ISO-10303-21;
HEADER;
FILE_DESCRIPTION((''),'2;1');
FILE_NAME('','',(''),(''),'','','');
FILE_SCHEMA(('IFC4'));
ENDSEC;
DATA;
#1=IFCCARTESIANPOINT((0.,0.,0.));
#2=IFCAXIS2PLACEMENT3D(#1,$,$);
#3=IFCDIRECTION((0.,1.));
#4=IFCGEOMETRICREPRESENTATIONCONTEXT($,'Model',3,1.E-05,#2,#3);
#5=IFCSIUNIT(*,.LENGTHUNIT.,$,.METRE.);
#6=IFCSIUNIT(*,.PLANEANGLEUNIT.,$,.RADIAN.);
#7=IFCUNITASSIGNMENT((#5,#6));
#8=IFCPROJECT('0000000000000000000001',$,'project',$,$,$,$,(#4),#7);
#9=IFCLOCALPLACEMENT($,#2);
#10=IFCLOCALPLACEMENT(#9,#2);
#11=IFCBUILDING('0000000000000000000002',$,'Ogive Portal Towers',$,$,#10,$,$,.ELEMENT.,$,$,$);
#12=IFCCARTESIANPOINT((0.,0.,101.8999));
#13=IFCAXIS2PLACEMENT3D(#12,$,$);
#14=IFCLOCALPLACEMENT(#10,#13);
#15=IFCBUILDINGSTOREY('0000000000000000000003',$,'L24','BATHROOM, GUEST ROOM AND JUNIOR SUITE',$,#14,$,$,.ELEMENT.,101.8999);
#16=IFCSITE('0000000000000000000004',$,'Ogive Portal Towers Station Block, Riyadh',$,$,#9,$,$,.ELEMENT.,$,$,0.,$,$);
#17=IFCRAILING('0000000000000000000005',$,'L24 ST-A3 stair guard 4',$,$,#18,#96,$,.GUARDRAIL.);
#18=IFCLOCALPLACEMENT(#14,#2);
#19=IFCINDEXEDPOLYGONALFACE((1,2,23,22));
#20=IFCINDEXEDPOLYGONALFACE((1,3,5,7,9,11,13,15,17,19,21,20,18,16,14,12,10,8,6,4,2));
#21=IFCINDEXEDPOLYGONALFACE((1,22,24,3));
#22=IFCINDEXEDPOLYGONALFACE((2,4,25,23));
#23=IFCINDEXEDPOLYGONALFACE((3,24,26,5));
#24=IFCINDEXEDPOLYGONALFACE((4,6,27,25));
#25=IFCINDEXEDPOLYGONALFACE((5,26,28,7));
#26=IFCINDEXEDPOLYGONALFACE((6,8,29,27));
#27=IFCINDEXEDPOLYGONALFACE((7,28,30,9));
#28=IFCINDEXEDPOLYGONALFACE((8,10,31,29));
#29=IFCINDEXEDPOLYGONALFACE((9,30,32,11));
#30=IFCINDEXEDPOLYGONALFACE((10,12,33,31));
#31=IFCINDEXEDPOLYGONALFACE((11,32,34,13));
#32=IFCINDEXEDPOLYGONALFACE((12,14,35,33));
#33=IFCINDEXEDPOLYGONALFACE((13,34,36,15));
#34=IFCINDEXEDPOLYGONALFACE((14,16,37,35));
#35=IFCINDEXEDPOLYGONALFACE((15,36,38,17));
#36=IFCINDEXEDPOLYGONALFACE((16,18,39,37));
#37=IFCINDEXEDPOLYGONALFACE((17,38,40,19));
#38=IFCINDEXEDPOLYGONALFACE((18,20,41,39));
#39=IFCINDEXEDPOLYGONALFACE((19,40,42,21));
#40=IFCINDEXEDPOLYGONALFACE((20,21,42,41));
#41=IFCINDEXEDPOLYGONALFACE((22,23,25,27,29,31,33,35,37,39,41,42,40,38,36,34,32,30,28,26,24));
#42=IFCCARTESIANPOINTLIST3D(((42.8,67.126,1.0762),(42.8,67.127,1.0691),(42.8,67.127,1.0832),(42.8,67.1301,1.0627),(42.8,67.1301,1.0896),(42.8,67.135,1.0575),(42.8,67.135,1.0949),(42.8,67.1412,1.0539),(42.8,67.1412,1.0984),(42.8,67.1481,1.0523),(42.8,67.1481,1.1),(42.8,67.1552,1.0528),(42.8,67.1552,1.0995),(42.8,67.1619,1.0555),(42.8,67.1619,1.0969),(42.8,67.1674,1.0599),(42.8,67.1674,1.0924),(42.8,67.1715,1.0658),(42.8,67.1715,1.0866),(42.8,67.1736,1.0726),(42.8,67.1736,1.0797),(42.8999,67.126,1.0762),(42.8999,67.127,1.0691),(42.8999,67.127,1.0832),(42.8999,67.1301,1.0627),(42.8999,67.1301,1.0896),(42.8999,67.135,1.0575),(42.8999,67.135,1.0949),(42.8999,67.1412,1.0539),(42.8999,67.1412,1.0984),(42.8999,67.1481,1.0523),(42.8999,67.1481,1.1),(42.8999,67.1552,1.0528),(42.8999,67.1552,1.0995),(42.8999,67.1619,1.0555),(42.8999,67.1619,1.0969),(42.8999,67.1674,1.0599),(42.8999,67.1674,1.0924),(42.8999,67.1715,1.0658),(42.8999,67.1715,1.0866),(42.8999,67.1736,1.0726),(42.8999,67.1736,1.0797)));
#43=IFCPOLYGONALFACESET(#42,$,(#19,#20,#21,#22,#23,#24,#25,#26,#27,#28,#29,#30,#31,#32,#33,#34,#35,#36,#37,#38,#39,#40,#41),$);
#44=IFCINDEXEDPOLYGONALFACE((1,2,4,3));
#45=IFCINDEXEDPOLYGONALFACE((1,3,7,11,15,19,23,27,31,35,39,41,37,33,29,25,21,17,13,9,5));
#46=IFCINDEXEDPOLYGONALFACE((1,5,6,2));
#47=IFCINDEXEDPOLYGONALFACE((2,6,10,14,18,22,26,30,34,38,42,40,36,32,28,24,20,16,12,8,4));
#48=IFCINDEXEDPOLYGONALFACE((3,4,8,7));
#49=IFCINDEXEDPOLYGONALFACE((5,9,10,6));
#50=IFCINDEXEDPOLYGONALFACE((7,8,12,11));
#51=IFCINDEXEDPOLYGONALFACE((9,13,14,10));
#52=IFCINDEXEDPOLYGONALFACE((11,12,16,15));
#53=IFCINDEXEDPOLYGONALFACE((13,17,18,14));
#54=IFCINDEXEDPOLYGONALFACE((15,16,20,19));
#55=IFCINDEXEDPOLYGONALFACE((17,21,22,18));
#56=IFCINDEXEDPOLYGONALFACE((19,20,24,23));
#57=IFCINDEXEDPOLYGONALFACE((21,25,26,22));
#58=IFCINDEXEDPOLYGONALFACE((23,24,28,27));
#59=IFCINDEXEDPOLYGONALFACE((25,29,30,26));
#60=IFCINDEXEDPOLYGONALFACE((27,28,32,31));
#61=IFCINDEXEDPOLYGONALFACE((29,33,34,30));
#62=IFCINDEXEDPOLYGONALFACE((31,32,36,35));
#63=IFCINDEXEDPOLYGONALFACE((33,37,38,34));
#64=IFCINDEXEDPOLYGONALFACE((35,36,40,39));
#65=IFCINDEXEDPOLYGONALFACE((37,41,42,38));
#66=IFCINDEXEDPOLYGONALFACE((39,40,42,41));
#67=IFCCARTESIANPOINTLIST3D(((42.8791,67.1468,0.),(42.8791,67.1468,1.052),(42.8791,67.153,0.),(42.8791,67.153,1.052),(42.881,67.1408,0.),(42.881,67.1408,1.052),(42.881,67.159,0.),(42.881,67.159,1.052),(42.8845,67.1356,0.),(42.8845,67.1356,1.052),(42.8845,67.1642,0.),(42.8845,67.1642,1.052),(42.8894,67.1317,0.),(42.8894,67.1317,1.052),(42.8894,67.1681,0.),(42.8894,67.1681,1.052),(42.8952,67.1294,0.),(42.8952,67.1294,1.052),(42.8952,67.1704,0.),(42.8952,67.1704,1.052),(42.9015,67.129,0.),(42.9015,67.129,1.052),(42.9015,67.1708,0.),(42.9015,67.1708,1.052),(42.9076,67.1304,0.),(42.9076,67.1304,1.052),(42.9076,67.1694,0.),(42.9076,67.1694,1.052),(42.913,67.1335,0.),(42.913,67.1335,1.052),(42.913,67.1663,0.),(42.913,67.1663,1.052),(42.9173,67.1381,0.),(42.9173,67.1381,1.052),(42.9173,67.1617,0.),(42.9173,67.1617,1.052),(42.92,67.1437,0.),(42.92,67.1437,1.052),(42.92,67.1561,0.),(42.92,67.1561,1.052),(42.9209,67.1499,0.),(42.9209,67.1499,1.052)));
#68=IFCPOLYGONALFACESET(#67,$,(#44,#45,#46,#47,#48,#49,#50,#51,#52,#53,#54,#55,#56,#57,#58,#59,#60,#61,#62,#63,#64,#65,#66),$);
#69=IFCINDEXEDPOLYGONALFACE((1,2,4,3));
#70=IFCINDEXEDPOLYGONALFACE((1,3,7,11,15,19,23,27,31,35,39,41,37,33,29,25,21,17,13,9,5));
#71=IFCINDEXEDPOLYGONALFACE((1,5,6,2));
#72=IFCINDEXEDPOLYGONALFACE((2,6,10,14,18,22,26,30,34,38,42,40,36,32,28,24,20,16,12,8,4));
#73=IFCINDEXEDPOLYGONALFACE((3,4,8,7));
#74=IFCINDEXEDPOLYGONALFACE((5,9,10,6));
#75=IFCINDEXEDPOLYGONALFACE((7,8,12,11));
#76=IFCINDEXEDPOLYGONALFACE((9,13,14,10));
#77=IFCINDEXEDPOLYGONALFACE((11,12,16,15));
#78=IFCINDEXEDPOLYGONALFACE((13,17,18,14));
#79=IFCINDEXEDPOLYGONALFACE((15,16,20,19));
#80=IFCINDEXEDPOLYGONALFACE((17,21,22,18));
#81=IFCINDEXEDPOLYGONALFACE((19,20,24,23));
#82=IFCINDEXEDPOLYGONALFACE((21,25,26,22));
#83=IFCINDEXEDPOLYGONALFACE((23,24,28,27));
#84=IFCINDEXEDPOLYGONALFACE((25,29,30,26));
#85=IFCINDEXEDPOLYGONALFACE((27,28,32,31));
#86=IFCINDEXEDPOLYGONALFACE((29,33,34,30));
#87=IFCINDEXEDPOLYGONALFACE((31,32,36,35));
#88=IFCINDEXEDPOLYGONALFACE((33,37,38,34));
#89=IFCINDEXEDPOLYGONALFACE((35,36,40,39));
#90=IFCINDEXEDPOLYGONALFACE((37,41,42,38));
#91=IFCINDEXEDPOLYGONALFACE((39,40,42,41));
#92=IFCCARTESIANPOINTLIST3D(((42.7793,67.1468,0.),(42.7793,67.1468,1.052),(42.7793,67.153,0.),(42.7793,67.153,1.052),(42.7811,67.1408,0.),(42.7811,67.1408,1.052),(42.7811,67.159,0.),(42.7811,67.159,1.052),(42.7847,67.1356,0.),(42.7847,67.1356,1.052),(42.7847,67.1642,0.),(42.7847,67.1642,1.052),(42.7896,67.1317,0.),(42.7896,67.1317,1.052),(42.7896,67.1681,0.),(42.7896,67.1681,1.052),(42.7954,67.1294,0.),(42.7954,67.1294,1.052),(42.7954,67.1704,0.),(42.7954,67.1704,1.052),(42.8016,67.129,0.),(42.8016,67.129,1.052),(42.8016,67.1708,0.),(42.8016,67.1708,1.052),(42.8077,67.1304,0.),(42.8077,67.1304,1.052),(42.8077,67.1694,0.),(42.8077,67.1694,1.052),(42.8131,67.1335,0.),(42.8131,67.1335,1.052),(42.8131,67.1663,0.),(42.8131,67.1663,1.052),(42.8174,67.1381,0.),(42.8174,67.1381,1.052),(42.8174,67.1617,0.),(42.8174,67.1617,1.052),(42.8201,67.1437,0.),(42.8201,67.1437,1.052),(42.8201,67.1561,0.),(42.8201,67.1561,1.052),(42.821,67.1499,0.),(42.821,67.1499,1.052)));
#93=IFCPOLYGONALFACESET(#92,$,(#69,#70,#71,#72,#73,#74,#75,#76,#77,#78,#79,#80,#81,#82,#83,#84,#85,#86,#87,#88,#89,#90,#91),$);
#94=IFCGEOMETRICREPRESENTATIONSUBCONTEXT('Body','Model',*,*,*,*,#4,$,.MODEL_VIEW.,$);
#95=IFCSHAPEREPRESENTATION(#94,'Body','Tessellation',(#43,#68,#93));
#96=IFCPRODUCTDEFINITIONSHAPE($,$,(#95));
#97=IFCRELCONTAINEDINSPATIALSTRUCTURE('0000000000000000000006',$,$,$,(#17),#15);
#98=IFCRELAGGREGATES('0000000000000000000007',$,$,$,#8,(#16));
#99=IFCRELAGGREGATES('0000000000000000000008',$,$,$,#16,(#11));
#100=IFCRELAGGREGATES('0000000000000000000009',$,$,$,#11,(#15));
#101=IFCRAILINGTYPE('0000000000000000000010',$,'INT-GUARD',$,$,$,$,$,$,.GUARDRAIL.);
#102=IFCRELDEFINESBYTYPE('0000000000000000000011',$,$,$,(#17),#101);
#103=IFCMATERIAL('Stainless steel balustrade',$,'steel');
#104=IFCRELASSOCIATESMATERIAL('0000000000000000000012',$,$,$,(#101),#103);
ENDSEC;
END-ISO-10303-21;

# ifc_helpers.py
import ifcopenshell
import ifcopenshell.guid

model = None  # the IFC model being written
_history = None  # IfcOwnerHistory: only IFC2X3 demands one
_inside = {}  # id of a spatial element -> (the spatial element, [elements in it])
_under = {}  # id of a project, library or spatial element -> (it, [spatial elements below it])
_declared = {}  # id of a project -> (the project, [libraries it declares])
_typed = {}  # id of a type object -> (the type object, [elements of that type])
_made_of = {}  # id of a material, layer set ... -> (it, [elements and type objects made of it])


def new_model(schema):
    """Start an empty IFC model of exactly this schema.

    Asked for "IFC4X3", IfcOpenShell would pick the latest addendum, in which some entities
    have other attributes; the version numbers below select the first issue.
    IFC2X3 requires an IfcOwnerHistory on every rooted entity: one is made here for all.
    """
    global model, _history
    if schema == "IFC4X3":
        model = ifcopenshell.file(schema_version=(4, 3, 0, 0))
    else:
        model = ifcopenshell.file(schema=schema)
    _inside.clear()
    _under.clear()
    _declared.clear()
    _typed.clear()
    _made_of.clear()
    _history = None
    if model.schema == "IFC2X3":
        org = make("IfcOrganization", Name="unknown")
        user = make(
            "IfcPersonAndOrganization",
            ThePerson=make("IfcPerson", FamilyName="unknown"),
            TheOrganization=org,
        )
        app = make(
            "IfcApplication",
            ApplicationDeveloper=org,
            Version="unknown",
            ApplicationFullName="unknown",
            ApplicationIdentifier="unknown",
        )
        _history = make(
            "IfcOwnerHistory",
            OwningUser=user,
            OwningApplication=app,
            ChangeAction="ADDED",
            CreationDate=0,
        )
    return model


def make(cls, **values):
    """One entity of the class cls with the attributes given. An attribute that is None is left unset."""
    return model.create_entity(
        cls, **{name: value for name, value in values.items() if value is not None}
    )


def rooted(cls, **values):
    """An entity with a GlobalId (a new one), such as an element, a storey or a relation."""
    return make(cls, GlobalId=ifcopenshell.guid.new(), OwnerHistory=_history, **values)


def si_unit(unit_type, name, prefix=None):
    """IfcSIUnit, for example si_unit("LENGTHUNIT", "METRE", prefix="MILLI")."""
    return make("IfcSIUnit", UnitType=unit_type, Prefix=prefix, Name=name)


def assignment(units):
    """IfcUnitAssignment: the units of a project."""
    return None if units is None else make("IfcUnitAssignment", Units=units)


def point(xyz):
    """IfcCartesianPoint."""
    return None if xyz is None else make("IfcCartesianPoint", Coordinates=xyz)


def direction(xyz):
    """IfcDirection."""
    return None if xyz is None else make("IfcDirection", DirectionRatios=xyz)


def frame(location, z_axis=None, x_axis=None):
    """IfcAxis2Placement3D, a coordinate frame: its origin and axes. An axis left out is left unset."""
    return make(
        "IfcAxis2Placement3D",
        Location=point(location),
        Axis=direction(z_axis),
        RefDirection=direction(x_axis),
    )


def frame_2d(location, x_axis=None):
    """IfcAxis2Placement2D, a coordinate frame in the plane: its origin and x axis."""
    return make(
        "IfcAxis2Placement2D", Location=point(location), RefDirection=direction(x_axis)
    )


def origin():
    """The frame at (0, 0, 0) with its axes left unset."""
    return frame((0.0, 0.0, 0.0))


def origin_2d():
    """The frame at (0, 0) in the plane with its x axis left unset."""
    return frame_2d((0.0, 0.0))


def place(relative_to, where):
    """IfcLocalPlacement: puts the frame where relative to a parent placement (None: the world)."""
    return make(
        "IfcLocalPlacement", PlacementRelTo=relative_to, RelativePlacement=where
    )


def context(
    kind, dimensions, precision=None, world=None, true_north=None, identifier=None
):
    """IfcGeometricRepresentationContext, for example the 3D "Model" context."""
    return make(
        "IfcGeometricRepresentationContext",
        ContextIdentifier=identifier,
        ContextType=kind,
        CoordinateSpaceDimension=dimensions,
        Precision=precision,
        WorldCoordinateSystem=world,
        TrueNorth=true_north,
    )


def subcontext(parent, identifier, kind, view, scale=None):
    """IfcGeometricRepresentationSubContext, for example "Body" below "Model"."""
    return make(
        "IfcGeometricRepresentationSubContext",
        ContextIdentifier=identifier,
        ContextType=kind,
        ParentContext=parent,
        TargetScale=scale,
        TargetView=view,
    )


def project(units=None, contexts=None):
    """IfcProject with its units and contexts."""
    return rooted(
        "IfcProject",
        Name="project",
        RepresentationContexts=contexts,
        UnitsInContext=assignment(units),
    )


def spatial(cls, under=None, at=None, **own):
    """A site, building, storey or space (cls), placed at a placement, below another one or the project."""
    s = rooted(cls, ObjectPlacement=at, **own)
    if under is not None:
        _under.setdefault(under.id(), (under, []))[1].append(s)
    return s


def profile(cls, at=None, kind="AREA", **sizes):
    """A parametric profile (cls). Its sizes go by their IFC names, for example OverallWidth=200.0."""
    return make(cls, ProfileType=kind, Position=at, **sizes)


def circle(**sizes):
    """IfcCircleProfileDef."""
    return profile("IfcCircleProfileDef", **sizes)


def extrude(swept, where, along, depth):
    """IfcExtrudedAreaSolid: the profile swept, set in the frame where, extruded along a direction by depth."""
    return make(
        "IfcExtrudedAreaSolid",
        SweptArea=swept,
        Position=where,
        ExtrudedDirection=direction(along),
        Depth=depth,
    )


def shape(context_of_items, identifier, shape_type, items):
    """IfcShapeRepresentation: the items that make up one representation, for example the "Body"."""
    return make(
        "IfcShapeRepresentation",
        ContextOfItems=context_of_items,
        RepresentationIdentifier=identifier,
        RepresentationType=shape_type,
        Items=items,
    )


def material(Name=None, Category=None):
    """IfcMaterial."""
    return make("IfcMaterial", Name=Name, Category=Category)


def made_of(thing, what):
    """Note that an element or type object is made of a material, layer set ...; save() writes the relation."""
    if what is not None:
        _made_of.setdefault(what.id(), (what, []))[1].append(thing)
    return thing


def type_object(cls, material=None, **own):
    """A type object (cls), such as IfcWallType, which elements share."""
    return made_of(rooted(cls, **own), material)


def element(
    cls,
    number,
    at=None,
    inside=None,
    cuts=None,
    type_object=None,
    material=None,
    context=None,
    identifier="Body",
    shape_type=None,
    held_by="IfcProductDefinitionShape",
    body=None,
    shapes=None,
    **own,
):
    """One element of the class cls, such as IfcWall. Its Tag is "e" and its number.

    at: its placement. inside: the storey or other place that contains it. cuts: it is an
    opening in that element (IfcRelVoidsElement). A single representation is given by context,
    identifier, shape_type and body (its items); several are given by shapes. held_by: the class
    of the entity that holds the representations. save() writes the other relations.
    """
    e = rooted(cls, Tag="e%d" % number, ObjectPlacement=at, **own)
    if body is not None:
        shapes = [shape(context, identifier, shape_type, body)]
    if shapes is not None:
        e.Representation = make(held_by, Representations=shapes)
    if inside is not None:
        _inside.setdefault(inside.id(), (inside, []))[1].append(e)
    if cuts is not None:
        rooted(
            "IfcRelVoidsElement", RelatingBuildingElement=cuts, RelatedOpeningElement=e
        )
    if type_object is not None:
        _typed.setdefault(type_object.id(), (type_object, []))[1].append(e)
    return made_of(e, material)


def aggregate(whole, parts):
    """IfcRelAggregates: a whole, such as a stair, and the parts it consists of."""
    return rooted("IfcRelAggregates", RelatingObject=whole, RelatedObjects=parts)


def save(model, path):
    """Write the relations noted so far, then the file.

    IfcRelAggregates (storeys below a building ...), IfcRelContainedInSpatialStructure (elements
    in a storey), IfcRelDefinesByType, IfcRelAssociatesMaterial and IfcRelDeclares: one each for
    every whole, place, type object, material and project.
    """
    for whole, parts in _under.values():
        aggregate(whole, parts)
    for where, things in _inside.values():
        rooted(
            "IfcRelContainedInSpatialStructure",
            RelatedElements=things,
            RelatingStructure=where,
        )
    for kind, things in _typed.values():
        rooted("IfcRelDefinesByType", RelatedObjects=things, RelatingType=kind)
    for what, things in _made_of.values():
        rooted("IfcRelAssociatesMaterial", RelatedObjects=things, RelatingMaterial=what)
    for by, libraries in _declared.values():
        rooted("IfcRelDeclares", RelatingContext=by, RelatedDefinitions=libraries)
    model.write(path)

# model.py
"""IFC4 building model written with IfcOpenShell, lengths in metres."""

from ifc_helpers import new_model, si_unit, direction, frame, origin, origin_2d, place, context, subcontext, project, spatial, circle, extrude, material, type_object, element, save


model = new_model("IFC4")

# Units and contexts
model_context = context("Model", 3, precision=1e-05, world=origin(), true_north=direction((0.0, 1.0)))
body_context = subcontext(model_context, "Body", "Model", "MODEL_VIEW")
ifc_project = project(units=[si_unit("LENGTHUNIT", "METRE"), si_unit("PLANEANGLEUNIT", "RADIAN")], contexts=[model_context])

# Site, building, storey
site_placement = place(None, origin())
site = spatial("IfcSite", under=ifc_project, at=site_placement, Name="Ogive Portal Towers Station Block, Riyadh", CompositionType="ELEMENT", RefElevation=0.0)
building_placement = place(site_placement, origin())
building = spatial("IfcBuilding", under=site, at=building_placement, Name="Ogive Portal Towers", CompositionType="ELEMENT")
storey_placement = place(building_placement, frame((0.0, 0.0, 101.8999)))
storey = spatial("IfcBuildingStorey", under=building, at=storey_placement, Name="L24", Description="BATHROOM, GUEST ROOM AND JUNIOR SUITE", CompositionType="ELEMENT", Elevation=101.8999)

# Railing
ifc_material_1 = material(Name="Stainless steel balustrade", Category="steel")
railing_type_1 = type_object("IfcRailingType", Name="INT-GUARD", PredefinedType="GUARDRAIL", material=ifc_material_1)
railing_1_placement = place(storey_placement, frame((42.8999, 67.1499, 0.0)))
element("IfcRailing", 1, at=railing_1_placement, inside=storey, type_object=railing_type_1, Name="L24 ST-A3 stair guard 4", PredefinedType="GUARDRAIL", context=body_context, shape_type="SweptSolid", body=[
    extrude(circle(Radius=0.0239, at=origin_2d()), frame((0.0, 0.0, 1.0762), z_axis=(-1.0, 0.0, 0.0), x_axis=(0.0, -1.0, 0.0)), (0.0, 0.0, 1.0), 0.0999),
    extrude(circle(Radius=0.021, at=origin_2d()), origin(), (0.0, 0.0, 1.0), 1.052),
    extrude(circle(Radius=0.021, at=origin_2d()), frame((-0.0999, 0.0, 0.0)), (0.0, 0.0, 1.0), 1.052),
])

save(model, "model.ifc")
